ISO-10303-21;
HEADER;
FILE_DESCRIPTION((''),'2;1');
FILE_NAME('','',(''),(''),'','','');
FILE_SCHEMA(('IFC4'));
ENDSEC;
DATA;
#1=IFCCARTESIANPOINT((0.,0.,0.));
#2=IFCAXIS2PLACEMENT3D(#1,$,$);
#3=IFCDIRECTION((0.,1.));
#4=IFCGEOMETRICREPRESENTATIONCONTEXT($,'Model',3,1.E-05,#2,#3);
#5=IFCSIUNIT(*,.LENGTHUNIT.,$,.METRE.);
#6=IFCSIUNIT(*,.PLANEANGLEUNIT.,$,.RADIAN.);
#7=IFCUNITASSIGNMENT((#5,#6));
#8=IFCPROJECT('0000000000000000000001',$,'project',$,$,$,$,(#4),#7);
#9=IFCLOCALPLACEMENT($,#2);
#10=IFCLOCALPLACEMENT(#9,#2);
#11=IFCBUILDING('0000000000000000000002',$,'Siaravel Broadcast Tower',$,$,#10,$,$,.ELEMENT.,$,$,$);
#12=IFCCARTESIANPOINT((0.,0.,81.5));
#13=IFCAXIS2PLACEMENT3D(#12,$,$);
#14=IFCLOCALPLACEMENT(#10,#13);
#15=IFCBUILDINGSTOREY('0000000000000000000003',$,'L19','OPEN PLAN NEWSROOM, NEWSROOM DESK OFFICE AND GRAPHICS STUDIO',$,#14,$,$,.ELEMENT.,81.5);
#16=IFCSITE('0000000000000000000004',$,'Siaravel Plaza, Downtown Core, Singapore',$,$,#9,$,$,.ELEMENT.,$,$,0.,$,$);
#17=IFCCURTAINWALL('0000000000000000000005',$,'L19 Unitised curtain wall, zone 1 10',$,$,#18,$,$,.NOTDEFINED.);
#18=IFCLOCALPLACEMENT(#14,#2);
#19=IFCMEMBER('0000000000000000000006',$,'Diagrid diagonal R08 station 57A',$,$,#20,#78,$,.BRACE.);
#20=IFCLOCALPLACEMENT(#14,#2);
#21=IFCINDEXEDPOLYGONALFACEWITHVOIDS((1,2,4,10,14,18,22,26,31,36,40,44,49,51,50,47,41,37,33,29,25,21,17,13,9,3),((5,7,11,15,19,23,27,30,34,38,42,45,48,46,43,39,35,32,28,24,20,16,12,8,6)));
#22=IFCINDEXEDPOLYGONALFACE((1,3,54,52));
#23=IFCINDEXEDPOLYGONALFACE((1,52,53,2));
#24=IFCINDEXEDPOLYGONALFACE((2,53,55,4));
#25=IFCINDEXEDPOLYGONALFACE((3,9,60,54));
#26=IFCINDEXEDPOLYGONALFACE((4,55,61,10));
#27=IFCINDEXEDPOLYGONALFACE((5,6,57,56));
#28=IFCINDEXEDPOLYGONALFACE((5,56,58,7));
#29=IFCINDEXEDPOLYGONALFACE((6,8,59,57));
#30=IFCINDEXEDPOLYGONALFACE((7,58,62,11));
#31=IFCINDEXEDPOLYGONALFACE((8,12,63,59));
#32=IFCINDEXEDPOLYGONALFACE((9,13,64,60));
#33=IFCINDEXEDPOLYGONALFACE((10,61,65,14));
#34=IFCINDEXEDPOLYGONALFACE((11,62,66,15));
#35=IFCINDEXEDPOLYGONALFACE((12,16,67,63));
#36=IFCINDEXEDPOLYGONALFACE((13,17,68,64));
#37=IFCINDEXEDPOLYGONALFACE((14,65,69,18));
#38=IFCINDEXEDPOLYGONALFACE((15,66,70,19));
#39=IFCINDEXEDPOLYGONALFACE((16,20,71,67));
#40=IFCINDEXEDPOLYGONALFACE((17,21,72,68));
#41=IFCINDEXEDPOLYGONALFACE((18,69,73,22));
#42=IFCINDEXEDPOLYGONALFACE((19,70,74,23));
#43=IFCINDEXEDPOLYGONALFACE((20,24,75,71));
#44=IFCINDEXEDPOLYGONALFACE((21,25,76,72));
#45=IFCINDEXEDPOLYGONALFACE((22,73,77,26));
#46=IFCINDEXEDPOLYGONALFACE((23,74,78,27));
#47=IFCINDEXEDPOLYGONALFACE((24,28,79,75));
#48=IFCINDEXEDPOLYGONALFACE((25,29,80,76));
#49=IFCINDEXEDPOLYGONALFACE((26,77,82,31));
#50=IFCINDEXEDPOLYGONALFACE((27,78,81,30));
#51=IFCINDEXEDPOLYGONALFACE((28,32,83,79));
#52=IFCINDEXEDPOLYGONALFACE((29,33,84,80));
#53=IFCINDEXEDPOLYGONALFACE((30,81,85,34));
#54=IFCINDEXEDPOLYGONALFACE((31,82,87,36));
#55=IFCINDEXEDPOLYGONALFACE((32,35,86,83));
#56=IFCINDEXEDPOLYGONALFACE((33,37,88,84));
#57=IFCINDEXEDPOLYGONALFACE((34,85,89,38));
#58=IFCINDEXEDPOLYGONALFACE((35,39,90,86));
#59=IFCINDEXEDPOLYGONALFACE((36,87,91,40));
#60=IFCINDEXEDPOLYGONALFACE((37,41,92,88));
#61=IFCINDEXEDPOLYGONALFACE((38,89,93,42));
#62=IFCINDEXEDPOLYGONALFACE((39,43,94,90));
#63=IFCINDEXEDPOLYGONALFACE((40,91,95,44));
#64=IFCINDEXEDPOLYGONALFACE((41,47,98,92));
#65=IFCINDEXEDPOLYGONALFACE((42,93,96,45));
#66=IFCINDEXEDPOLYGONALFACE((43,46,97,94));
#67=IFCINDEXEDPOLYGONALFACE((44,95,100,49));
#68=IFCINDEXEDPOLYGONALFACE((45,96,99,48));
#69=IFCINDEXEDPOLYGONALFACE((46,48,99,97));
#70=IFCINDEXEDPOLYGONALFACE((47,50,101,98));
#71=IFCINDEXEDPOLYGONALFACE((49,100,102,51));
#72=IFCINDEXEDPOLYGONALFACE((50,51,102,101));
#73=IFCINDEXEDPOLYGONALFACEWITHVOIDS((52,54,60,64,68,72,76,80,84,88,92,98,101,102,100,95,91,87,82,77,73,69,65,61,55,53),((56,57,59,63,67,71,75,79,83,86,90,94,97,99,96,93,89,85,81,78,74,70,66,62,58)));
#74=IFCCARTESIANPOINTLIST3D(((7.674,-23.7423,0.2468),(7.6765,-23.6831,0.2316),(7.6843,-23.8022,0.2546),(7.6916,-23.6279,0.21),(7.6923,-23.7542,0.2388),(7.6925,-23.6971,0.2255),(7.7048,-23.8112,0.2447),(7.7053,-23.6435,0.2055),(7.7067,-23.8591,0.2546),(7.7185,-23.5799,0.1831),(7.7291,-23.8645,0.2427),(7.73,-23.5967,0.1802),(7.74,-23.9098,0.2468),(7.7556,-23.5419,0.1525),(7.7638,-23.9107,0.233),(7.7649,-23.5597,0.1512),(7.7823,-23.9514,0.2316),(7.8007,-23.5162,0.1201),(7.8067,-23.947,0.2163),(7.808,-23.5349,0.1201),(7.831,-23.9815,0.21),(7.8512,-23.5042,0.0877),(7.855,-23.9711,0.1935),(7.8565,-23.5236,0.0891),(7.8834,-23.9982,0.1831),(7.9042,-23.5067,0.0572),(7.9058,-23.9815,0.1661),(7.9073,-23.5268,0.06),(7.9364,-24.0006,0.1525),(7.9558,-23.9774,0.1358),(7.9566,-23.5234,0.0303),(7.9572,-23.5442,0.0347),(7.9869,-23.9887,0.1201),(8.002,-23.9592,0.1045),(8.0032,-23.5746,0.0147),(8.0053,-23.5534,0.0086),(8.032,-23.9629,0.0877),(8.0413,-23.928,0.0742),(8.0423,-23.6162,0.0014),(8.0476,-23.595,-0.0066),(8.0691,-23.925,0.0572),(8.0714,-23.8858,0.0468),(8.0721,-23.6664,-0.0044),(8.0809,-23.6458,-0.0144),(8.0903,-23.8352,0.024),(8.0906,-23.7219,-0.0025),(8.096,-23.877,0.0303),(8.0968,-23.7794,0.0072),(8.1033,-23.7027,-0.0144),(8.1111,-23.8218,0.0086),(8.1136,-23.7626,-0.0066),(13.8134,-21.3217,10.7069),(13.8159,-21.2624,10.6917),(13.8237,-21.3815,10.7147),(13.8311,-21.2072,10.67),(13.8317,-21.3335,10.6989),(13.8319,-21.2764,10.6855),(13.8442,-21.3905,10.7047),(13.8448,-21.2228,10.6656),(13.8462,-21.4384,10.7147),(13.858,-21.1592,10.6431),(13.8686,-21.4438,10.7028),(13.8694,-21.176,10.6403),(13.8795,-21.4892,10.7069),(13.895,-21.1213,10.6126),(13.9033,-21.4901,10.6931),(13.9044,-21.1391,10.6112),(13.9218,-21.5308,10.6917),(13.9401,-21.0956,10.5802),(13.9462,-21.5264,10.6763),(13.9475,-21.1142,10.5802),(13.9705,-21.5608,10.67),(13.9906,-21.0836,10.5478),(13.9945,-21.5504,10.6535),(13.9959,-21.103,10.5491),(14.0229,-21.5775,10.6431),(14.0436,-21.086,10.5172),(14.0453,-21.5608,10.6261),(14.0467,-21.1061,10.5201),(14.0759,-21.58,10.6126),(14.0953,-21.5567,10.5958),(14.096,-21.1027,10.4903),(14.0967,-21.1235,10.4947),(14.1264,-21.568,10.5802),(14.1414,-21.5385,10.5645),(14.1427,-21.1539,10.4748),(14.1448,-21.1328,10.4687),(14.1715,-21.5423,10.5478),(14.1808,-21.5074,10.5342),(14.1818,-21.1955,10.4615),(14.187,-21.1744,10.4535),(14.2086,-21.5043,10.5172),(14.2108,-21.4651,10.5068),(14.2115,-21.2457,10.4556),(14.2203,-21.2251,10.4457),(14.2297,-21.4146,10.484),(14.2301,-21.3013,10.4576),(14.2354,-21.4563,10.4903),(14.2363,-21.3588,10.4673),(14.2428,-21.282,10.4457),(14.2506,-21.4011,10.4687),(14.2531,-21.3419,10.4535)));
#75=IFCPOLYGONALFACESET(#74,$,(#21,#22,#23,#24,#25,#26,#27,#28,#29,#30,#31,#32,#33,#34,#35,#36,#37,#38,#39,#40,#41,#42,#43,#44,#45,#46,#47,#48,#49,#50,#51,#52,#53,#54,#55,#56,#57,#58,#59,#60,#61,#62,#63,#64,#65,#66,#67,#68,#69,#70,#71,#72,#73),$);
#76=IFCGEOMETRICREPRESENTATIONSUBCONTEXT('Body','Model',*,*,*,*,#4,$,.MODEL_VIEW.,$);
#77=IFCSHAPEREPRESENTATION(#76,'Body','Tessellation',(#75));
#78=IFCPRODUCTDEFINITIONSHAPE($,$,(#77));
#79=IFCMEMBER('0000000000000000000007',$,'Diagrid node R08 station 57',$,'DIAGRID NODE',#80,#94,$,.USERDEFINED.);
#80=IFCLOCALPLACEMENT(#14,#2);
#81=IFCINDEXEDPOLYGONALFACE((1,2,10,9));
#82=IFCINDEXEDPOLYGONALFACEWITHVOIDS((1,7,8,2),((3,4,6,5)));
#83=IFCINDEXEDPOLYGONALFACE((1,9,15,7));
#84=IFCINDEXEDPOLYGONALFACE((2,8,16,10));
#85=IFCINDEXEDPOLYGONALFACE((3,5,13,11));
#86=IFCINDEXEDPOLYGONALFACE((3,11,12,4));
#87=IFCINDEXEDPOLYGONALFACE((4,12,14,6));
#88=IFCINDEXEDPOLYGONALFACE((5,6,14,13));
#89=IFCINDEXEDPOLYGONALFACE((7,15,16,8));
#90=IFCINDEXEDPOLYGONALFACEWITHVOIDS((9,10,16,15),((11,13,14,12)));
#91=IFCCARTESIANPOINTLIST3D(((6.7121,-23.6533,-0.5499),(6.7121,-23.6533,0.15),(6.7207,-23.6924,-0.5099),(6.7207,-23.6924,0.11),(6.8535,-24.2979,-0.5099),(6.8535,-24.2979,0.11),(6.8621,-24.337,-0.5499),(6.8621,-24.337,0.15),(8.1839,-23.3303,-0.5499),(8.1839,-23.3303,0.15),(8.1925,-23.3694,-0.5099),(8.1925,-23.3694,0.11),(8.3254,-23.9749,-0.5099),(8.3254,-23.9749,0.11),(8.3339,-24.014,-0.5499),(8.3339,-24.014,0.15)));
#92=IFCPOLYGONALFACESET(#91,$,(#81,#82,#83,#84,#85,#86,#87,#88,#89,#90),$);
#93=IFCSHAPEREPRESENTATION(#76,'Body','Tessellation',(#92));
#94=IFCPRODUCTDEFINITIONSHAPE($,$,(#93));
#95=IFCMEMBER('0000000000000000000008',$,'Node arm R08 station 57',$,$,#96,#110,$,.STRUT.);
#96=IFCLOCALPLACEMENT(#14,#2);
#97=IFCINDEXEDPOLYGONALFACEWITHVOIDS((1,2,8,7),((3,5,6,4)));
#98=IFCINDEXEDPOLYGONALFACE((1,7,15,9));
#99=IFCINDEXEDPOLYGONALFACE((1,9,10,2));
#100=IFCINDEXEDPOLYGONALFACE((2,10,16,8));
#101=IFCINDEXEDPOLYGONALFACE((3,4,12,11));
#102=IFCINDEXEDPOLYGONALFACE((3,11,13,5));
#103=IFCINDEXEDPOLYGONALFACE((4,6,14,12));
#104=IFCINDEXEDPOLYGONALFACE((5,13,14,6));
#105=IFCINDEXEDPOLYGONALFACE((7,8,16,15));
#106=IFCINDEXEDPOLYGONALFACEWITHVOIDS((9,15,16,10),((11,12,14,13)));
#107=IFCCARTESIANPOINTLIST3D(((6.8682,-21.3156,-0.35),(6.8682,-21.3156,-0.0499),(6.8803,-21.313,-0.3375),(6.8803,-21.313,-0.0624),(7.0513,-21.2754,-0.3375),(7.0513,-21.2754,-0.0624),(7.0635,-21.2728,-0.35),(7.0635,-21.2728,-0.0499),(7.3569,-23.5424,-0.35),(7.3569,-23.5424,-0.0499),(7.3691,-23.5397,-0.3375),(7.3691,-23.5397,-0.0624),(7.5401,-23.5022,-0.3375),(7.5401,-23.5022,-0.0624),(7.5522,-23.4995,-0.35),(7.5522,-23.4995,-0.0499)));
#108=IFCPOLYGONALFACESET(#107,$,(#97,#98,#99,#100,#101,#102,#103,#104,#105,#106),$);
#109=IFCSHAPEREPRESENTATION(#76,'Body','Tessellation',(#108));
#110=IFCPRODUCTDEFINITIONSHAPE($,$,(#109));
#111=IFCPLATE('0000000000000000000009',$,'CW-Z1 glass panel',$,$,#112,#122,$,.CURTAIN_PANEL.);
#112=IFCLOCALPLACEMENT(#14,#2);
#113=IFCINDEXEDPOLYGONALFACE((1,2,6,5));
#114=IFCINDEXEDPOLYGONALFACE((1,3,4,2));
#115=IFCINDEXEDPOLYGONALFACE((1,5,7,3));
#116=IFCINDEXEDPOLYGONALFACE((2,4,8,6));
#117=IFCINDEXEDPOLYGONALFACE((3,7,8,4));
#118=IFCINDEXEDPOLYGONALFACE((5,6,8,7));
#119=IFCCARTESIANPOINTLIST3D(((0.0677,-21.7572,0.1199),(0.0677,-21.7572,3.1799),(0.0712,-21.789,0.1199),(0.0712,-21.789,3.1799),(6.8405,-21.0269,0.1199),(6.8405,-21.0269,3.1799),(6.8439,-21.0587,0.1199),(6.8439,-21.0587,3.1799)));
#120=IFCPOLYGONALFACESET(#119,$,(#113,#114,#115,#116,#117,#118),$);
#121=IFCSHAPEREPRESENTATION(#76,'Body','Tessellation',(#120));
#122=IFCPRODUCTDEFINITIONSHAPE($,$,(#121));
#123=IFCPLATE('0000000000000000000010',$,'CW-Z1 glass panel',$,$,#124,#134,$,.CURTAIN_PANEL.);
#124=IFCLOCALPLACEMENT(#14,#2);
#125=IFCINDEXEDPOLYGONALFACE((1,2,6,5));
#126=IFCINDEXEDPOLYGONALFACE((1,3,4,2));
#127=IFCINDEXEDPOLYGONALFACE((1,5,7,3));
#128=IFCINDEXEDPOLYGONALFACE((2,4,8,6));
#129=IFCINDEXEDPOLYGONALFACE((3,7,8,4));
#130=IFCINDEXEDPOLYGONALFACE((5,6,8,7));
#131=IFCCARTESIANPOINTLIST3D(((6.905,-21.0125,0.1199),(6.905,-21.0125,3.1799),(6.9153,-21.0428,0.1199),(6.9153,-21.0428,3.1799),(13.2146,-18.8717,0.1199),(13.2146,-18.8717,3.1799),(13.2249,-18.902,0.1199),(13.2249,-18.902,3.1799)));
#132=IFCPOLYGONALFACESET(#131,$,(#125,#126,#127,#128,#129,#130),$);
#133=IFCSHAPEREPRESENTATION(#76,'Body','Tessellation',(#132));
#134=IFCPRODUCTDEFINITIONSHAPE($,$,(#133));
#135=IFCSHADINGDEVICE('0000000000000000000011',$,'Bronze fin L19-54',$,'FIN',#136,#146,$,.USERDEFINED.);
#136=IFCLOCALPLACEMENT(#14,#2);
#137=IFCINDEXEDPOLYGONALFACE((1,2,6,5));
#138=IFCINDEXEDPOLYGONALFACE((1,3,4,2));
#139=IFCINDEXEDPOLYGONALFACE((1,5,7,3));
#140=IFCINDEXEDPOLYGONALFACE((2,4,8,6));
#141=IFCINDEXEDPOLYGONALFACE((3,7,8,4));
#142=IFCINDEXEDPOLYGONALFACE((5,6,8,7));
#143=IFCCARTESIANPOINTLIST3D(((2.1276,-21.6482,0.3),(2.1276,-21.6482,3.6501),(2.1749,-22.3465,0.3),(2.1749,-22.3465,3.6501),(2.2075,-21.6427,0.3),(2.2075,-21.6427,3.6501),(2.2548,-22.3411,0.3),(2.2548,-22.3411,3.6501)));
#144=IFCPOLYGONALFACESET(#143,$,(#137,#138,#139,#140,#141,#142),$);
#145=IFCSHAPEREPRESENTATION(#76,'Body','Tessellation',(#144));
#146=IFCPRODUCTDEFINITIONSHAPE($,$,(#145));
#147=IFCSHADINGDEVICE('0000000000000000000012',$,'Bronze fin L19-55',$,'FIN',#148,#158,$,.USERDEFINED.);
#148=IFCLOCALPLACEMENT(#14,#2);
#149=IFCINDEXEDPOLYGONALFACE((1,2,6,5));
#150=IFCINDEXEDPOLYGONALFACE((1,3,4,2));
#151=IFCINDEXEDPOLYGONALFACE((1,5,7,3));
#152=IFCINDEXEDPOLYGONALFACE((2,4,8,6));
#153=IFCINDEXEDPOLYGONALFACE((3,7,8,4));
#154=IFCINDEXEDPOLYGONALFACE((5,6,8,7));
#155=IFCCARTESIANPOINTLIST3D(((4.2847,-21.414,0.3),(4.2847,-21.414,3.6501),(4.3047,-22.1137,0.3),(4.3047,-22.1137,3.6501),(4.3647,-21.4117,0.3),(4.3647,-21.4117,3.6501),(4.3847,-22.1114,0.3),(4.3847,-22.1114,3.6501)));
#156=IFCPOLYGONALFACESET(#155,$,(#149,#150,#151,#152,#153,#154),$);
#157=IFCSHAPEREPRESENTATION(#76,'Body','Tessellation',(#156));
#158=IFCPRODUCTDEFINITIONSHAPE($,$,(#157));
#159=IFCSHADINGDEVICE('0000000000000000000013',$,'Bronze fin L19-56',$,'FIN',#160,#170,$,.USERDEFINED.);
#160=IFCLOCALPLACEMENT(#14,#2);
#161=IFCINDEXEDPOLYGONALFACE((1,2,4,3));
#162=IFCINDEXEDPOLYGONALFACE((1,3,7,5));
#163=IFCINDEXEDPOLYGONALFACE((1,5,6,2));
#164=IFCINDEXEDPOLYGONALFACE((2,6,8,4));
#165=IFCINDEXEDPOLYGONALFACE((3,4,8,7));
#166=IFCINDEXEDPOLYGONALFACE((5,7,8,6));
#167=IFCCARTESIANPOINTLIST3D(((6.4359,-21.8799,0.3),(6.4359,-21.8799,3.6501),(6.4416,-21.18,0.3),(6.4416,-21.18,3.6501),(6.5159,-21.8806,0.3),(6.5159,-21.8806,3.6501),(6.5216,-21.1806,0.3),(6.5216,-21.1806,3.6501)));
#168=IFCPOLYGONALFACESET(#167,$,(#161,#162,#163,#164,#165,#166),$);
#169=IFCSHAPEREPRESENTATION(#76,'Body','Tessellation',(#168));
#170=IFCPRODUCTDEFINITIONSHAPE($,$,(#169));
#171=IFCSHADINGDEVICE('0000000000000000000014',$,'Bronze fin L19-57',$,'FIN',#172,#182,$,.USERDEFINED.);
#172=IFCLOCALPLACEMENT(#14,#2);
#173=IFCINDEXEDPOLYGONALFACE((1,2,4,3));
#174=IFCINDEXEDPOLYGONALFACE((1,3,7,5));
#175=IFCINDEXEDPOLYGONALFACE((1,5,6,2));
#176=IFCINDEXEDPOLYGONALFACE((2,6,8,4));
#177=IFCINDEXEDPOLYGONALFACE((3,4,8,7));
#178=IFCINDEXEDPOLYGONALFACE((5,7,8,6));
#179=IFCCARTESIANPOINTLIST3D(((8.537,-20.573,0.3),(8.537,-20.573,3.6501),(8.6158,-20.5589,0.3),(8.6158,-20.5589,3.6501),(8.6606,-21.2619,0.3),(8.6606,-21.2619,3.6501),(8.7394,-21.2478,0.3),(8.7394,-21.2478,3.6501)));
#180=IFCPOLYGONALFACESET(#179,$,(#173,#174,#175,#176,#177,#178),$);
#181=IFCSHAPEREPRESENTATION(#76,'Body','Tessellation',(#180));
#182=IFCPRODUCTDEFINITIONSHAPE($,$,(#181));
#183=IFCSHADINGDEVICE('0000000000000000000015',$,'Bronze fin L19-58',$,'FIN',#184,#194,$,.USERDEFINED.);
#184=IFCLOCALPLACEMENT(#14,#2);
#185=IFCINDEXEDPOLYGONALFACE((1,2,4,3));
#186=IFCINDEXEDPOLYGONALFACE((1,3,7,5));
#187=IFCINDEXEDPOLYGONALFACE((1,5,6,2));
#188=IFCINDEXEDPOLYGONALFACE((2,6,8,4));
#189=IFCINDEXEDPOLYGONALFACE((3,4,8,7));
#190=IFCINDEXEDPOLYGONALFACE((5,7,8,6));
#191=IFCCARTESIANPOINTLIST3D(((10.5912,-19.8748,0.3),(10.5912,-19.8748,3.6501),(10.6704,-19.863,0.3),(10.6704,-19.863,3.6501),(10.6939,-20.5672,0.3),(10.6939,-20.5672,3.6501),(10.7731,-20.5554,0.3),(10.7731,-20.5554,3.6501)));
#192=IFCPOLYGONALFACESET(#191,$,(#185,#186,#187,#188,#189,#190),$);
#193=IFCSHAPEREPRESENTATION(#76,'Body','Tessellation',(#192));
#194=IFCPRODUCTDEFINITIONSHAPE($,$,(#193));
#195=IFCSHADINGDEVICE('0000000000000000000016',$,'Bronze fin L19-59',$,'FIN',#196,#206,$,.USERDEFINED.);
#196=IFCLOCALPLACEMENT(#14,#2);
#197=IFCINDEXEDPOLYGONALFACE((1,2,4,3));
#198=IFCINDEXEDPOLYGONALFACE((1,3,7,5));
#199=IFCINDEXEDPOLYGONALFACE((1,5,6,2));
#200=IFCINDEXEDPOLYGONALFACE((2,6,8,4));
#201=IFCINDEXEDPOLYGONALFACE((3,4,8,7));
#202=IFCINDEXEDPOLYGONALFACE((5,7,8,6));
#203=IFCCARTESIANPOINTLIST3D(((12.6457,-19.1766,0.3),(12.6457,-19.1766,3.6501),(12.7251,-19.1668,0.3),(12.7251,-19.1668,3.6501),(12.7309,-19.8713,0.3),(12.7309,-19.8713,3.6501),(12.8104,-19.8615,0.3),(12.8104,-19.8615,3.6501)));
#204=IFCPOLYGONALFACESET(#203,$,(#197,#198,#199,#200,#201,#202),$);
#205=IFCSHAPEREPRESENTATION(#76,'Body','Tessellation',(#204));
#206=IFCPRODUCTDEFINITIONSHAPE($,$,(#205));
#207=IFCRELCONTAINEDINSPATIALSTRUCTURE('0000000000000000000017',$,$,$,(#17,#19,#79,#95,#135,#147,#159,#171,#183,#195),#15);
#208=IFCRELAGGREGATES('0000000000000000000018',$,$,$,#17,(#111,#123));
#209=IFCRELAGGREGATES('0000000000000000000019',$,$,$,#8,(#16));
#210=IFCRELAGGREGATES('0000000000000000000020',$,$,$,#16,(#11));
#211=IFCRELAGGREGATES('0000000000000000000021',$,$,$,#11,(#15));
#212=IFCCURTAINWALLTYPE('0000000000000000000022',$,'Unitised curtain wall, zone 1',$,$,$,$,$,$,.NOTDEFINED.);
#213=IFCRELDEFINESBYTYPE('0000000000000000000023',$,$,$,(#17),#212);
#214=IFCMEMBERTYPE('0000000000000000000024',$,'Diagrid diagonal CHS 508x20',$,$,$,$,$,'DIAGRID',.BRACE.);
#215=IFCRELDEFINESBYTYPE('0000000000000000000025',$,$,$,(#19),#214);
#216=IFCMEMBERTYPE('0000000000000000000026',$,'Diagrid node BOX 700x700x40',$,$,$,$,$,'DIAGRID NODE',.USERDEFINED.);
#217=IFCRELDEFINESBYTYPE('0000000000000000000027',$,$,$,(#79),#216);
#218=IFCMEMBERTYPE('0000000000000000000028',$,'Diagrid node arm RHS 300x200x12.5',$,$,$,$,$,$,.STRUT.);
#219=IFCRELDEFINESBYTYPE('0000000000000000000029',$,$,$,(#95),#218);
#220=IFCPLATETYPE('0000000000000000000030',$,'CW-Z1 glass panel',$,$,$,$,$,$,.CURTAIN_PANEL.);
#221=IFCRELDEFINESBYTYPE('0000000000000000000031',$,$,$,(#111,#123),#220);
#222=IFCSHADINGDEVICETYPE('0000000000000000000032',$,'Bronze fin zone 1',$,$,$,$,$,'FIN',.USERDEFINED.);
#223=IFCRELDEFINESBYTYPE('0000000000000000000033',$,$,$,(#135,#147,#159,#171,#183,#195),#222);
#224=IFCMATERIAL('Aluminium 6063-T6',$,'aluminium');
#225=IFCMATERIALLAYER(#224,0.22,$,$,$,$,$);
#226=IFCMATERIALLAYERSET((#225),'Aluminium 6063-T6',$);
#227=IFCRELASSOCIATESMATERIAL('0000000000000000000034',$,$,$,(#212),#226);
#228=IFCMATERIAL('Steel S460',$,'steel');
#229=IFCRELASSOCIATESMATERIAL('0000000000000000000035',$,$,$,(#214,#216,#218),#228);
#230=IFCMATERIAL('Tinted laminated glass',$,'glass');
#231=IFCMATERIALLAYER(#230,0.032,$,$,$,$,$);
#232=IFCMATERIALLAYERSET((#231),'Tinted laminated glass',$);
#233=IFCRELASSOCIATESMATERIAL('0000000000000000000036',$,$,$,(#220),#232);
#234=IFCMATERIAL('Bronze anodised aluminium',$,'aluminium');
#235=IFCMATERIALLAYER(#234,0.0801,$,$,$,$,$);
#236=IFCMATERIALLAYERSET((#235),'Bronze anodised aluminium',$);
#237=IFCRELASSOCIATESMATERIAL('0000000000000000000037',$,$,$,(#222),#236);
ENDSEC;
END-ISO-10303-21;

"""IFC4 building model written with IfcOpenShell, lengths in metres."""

from ifc_helpers import new_model, si_unit, direction, frame, origin, origin_2d, place, context, subcontext, project, spatial, rectangle, hollow_rectangle, hollow_circle, extrude, material, layer, layer_set, material_profile, profile_set, type_object, element, aggregate, save


model = new_model("IFC4")

# Units and contexts
model_context = context("Model", 3, precision=1e-05, world=origin(), true_north=direction((0.0, 1.0)))
body_context = subcontext(model_context, "Body", "Model", "MODEL_VIEW")
ifc_project = project(units=[si_unit("LENGTHUNIT", "METRE"), si_unit("PLANEANGLEUNIT", "RADIAN")], contexts=[model_context])

# Site, building, storey
site_placement = place(None, origin())
site = spatial("IfcSite", under=ifc_project, at=site_placement, Name="Siaravel Plaza, Downtown Core, Singapore", CompositionType="ELEMENT", RefElevation=0.0)
building_placement = place(site_placement, origin())
building = spatial("IfcBuilding", under=site, at=building_placement, Name="Siaravel Broadcast Tower", CompositionType="ELEMENT")
storey_placement = place(building_placement, frame((0.0, 0.0, 81.5)))
storey = spatial("IfcBuildingStorey", under=building, at=storey_placement, Name="L19", Description="OPEN PLAN NEWSROOM, NEWSROOM DESK OFFICE AND GRAPHICS STUDIO", CompositionType="ELEMENT", Elevation=81.5)

# Curtain wall
ifc_material_1 = material(Name="Aluminium 6063-T6", Category="aluminium")
ifc_layer_1 = layer(ifc_material_1, 0.22)
ifc_layer_set_1 = layer_set([ifc_layer_1], Name="Aluminium 6063-T6")
curtain_wall_type = type_object("IfcCurtainWallType", Name="Unitised curtain wall, zone 1", PredefinedType="NOTDEFINED", material=ifc_layer_set_1)
curtain_wall_placement = place(storey_placement, origin())
curtain_wall = element("IfcCurtainWall", 1, at=curtain_wall_placement, inside=storey, type_object=curtain_wall_type, Name="L19 Unitised curtain wall, zone 1 10", PredefinedType="NOTDEFINED")

# Members
ifc_material_2 = material(Name="Steel S460", Category="steel")
ifc_material_profile_1 = material_profile(ifc_material_2, hollow_circle(Radius=0.2539, WallThickness=0.02, at=origin_2d()))
ifc_profile_set_1 = profile_set([ifc_material_profile_1], Name="Steel S460")
member_type_1 = type_object("IfcMemberType", Name="Diagrid diagonal CHS 508x20", ElementType="DIAGRID", PredefinedType="BRACE", material=ifc_profile_set_1)
member_1_placement = place(storey_placement, frame((7.8938, -23.7524, 0.1201), z_axis=(0.496402, 0.195722, 0.845741), x_axis=(-0.3668, 0.9303, 0.0)))
element("IfcMember", 2, at=member_1_placement, inside=storey, type_object=member_type_1, Name="Diagrid diagonal R08 station 57A", PredefinedType="BRACE", context=body_context, shape_type="SweptSolid", body=[
    extrude(hollow_circle(Radius=0.2539, WallThickness=0.02, at=origin_2d()), origin(), (0.0, 0.0, 1.0), 12.3679),
])
ifc_material_profile_2 = material_profile(ifc_material_2, hollow_rectangle(XDim=0.7, YDim=0.7, WallThickness=0.04, at=origin_2d()))
ifc_profile_set_2 = profile_set([ifc_material_profile_2], Name="Steel S460")
member_type_2 = type_object("IfcMemberType", Name="Diagrid node BOX 700x700x40", ElementType="DIAGRID NODE", PredefinedType="USERDEFINED", material=ifc_profile_set_2)
member_2_placement = place(storey_placement, frame((6.7871, -23.9951, -0.2), z_axis=(0.976759, 0.214339, 0.0), x_axis=(-0.214339, 0.976759, 0.0)))
element("IfcMember", 3, at=member_2_placement, inside=storey, type_object=member_type_2, Name="Diagrid node R08 station 57", ObjectType="DIAGRID NODE", PredefinedType="USERDEFINED", context=body_context, shape_type="SweptSolid", body=[
    extrude(hollow_rectangle(XDim=0.7, YDim=0.7, WallThickness=0.04, at=origin_2d()), origin(), (0.0, 0.0, 1.0), 1.5068),
])
ifc_material_profile_3 = material_profile(ifc_material_2, hollow_rectangle(XDim=0.2, YDim=0.3, WallThickness=0.0125, at=origin_2d()))
ifc_profile_set_3 = profile_set([ifc_material_profile_3], Name="Steel S460")
member_type_3 = type_object("IfcMemberType", Name="Diagrid node arm RHS 300x200x12.5", PredefinedType="STRUT", material=ifc_profile_set_3)
member_3_placement = place(storey_placement, frame((6.9658, -21.2942, -0.2), z_axis=(0.21439, -0.976748, 0.0), x_axis=(0.976748, 0.21439, 0.0)))
element("IfcMember", 4, at=member_3_placement, inside=storey, type_object=member_type_3, Name="Node arm R08 station 57", PredefinedType="STRUT", context=body_context, shape_type="SweptSolid", body=[
    extrude(hollow_rectangle(XDim=0.2, YDim=0.3, WallThickness=0.0125, at=origin_2d()), origin(), (0.0, 0.0, 1.0), 2.2798),
])

# Plates
ifc_material_3 = material(Name="Tinted laminated glass", Category="glass")
ifc_layer_2 = layer(ifc_material_3, 0.032)
ifc_layer_set_2 = layer_set([ifc_layer_2], Name="Tinted laminated glass")
plate_type = type_object("IfcPlateType", Name="CW-Z1 glass panel", PredefinedType="CURTAIN_PANEL", material=ifc_layer_set_2)
plate_1_placement = place(storey_placement, frame((3.4558, -21.408, 0.1199), z_axis=(0.0, 0.0, 1.0), x_axis=(0.994236, 0.107218, 0.0)))
plate_1 = element("IfcPlate", 5, at=plate_1_placement, type_object=plate_type, Name="CW-Z1 glass panel", PredefinedType="CURTAIN_PANEL", context=body_context, shape_type="SweptSolid", body=[
    extrude(rectangle(XDim=6.812, YDim=0.032, at=origin_2d()), origin(), (0.0, 0.0, 1.0), 3.0601),
])
plate_2_placement = place(storey_placement, frame((10.0649, -19.9573, 0.1199), z_axis=(0.0, 0.0, 1.0), x_axis=(0.946977, 0.321301, 0.0)))
plate_2 = element("IfcPlate", 6, at=plate_2_placement, type_object=plate_type, Name="CW-Z1 glass panel", PredefinedType="CURTAIN_PANEL", context=body_context, shape_type="SweptSolid", body=[
    extrude(rectangle(XDim=6.6628, YDim=0.032, at=origin_2d()), origin(), (0.0, 0.0, 1.0), 3.0601),
])
aggregate(curtain_wall, [plate_1, plate_2])

# Shading devices
ifc_material_4 = material(Name="Bronze anodised aluminium", Category="aluminium")
ifc_layer_3 = layer(ifc_material_4, 0.0801)
ifc_layer_set_3 = layer_set([ifc_layer_3], Name="Bronze anodised aluminium")
shading_device_type = type_object("IfcShadingDeviceType", Name="Bronze fin zone 1", ElementType="FIN", PredefinedType="USERDEFINED", material=ifc_layer_set_3)
for number, where, z_axis, x_axis, name in (
    (7, (2.1912, -21.9946, 0.3), (0.0, 0.0, 1.0), (0.06757, -0.997715, 0.0), "Bronze fin L19-54"),
    (8, (4.3347, -21.7627, 0.3), (0.0, 0.0, 1.0), (0.028571, -0.999592, 0.0), "Bronze fin L19-55"),
    (9, (6.4788, -21.5303, 0.3), (0.0, 0.0, 1.0), (-0.008137, -0.999967, 0.0), "Bronze fin L19-56"),
    (10, (8.6382, -20.9104, 0.3), (0.0, 0.0, 1.0), (0.176585, -0.984285, 0.0), "Bronze fin L19-57"),
    (11, (10.6821, -20.2151, 0.3), (0.0, 0.0, 1.0), (0.146694, -0.989182, 0.0), "Bronze fin L19-58"),
    (12, (12.728, -19.519, 0.3), (0.0, 0.0, 1.0), (0.12181, -0.992553, 0.0), "Bronze fin L19-59"),
):
    element("IfcShadingDevice", number, at=place(storey_placement, frame(where, z_axis=z_axis, x_axis=x_axis)), inside=storey, type_object=shading_device_type, Name=name, ObjectType="FIN", PredefinedType="USERDEFINED", context=body_context, shape_type="SweptSolid", body=[
        extrude(rectangle(XDim=0.7, YDim=0.0801, at=origin_2d()), origin(), (0.0, 0.0, 1.0), 3.3501),
    ])

save(model, "model.ifc")
